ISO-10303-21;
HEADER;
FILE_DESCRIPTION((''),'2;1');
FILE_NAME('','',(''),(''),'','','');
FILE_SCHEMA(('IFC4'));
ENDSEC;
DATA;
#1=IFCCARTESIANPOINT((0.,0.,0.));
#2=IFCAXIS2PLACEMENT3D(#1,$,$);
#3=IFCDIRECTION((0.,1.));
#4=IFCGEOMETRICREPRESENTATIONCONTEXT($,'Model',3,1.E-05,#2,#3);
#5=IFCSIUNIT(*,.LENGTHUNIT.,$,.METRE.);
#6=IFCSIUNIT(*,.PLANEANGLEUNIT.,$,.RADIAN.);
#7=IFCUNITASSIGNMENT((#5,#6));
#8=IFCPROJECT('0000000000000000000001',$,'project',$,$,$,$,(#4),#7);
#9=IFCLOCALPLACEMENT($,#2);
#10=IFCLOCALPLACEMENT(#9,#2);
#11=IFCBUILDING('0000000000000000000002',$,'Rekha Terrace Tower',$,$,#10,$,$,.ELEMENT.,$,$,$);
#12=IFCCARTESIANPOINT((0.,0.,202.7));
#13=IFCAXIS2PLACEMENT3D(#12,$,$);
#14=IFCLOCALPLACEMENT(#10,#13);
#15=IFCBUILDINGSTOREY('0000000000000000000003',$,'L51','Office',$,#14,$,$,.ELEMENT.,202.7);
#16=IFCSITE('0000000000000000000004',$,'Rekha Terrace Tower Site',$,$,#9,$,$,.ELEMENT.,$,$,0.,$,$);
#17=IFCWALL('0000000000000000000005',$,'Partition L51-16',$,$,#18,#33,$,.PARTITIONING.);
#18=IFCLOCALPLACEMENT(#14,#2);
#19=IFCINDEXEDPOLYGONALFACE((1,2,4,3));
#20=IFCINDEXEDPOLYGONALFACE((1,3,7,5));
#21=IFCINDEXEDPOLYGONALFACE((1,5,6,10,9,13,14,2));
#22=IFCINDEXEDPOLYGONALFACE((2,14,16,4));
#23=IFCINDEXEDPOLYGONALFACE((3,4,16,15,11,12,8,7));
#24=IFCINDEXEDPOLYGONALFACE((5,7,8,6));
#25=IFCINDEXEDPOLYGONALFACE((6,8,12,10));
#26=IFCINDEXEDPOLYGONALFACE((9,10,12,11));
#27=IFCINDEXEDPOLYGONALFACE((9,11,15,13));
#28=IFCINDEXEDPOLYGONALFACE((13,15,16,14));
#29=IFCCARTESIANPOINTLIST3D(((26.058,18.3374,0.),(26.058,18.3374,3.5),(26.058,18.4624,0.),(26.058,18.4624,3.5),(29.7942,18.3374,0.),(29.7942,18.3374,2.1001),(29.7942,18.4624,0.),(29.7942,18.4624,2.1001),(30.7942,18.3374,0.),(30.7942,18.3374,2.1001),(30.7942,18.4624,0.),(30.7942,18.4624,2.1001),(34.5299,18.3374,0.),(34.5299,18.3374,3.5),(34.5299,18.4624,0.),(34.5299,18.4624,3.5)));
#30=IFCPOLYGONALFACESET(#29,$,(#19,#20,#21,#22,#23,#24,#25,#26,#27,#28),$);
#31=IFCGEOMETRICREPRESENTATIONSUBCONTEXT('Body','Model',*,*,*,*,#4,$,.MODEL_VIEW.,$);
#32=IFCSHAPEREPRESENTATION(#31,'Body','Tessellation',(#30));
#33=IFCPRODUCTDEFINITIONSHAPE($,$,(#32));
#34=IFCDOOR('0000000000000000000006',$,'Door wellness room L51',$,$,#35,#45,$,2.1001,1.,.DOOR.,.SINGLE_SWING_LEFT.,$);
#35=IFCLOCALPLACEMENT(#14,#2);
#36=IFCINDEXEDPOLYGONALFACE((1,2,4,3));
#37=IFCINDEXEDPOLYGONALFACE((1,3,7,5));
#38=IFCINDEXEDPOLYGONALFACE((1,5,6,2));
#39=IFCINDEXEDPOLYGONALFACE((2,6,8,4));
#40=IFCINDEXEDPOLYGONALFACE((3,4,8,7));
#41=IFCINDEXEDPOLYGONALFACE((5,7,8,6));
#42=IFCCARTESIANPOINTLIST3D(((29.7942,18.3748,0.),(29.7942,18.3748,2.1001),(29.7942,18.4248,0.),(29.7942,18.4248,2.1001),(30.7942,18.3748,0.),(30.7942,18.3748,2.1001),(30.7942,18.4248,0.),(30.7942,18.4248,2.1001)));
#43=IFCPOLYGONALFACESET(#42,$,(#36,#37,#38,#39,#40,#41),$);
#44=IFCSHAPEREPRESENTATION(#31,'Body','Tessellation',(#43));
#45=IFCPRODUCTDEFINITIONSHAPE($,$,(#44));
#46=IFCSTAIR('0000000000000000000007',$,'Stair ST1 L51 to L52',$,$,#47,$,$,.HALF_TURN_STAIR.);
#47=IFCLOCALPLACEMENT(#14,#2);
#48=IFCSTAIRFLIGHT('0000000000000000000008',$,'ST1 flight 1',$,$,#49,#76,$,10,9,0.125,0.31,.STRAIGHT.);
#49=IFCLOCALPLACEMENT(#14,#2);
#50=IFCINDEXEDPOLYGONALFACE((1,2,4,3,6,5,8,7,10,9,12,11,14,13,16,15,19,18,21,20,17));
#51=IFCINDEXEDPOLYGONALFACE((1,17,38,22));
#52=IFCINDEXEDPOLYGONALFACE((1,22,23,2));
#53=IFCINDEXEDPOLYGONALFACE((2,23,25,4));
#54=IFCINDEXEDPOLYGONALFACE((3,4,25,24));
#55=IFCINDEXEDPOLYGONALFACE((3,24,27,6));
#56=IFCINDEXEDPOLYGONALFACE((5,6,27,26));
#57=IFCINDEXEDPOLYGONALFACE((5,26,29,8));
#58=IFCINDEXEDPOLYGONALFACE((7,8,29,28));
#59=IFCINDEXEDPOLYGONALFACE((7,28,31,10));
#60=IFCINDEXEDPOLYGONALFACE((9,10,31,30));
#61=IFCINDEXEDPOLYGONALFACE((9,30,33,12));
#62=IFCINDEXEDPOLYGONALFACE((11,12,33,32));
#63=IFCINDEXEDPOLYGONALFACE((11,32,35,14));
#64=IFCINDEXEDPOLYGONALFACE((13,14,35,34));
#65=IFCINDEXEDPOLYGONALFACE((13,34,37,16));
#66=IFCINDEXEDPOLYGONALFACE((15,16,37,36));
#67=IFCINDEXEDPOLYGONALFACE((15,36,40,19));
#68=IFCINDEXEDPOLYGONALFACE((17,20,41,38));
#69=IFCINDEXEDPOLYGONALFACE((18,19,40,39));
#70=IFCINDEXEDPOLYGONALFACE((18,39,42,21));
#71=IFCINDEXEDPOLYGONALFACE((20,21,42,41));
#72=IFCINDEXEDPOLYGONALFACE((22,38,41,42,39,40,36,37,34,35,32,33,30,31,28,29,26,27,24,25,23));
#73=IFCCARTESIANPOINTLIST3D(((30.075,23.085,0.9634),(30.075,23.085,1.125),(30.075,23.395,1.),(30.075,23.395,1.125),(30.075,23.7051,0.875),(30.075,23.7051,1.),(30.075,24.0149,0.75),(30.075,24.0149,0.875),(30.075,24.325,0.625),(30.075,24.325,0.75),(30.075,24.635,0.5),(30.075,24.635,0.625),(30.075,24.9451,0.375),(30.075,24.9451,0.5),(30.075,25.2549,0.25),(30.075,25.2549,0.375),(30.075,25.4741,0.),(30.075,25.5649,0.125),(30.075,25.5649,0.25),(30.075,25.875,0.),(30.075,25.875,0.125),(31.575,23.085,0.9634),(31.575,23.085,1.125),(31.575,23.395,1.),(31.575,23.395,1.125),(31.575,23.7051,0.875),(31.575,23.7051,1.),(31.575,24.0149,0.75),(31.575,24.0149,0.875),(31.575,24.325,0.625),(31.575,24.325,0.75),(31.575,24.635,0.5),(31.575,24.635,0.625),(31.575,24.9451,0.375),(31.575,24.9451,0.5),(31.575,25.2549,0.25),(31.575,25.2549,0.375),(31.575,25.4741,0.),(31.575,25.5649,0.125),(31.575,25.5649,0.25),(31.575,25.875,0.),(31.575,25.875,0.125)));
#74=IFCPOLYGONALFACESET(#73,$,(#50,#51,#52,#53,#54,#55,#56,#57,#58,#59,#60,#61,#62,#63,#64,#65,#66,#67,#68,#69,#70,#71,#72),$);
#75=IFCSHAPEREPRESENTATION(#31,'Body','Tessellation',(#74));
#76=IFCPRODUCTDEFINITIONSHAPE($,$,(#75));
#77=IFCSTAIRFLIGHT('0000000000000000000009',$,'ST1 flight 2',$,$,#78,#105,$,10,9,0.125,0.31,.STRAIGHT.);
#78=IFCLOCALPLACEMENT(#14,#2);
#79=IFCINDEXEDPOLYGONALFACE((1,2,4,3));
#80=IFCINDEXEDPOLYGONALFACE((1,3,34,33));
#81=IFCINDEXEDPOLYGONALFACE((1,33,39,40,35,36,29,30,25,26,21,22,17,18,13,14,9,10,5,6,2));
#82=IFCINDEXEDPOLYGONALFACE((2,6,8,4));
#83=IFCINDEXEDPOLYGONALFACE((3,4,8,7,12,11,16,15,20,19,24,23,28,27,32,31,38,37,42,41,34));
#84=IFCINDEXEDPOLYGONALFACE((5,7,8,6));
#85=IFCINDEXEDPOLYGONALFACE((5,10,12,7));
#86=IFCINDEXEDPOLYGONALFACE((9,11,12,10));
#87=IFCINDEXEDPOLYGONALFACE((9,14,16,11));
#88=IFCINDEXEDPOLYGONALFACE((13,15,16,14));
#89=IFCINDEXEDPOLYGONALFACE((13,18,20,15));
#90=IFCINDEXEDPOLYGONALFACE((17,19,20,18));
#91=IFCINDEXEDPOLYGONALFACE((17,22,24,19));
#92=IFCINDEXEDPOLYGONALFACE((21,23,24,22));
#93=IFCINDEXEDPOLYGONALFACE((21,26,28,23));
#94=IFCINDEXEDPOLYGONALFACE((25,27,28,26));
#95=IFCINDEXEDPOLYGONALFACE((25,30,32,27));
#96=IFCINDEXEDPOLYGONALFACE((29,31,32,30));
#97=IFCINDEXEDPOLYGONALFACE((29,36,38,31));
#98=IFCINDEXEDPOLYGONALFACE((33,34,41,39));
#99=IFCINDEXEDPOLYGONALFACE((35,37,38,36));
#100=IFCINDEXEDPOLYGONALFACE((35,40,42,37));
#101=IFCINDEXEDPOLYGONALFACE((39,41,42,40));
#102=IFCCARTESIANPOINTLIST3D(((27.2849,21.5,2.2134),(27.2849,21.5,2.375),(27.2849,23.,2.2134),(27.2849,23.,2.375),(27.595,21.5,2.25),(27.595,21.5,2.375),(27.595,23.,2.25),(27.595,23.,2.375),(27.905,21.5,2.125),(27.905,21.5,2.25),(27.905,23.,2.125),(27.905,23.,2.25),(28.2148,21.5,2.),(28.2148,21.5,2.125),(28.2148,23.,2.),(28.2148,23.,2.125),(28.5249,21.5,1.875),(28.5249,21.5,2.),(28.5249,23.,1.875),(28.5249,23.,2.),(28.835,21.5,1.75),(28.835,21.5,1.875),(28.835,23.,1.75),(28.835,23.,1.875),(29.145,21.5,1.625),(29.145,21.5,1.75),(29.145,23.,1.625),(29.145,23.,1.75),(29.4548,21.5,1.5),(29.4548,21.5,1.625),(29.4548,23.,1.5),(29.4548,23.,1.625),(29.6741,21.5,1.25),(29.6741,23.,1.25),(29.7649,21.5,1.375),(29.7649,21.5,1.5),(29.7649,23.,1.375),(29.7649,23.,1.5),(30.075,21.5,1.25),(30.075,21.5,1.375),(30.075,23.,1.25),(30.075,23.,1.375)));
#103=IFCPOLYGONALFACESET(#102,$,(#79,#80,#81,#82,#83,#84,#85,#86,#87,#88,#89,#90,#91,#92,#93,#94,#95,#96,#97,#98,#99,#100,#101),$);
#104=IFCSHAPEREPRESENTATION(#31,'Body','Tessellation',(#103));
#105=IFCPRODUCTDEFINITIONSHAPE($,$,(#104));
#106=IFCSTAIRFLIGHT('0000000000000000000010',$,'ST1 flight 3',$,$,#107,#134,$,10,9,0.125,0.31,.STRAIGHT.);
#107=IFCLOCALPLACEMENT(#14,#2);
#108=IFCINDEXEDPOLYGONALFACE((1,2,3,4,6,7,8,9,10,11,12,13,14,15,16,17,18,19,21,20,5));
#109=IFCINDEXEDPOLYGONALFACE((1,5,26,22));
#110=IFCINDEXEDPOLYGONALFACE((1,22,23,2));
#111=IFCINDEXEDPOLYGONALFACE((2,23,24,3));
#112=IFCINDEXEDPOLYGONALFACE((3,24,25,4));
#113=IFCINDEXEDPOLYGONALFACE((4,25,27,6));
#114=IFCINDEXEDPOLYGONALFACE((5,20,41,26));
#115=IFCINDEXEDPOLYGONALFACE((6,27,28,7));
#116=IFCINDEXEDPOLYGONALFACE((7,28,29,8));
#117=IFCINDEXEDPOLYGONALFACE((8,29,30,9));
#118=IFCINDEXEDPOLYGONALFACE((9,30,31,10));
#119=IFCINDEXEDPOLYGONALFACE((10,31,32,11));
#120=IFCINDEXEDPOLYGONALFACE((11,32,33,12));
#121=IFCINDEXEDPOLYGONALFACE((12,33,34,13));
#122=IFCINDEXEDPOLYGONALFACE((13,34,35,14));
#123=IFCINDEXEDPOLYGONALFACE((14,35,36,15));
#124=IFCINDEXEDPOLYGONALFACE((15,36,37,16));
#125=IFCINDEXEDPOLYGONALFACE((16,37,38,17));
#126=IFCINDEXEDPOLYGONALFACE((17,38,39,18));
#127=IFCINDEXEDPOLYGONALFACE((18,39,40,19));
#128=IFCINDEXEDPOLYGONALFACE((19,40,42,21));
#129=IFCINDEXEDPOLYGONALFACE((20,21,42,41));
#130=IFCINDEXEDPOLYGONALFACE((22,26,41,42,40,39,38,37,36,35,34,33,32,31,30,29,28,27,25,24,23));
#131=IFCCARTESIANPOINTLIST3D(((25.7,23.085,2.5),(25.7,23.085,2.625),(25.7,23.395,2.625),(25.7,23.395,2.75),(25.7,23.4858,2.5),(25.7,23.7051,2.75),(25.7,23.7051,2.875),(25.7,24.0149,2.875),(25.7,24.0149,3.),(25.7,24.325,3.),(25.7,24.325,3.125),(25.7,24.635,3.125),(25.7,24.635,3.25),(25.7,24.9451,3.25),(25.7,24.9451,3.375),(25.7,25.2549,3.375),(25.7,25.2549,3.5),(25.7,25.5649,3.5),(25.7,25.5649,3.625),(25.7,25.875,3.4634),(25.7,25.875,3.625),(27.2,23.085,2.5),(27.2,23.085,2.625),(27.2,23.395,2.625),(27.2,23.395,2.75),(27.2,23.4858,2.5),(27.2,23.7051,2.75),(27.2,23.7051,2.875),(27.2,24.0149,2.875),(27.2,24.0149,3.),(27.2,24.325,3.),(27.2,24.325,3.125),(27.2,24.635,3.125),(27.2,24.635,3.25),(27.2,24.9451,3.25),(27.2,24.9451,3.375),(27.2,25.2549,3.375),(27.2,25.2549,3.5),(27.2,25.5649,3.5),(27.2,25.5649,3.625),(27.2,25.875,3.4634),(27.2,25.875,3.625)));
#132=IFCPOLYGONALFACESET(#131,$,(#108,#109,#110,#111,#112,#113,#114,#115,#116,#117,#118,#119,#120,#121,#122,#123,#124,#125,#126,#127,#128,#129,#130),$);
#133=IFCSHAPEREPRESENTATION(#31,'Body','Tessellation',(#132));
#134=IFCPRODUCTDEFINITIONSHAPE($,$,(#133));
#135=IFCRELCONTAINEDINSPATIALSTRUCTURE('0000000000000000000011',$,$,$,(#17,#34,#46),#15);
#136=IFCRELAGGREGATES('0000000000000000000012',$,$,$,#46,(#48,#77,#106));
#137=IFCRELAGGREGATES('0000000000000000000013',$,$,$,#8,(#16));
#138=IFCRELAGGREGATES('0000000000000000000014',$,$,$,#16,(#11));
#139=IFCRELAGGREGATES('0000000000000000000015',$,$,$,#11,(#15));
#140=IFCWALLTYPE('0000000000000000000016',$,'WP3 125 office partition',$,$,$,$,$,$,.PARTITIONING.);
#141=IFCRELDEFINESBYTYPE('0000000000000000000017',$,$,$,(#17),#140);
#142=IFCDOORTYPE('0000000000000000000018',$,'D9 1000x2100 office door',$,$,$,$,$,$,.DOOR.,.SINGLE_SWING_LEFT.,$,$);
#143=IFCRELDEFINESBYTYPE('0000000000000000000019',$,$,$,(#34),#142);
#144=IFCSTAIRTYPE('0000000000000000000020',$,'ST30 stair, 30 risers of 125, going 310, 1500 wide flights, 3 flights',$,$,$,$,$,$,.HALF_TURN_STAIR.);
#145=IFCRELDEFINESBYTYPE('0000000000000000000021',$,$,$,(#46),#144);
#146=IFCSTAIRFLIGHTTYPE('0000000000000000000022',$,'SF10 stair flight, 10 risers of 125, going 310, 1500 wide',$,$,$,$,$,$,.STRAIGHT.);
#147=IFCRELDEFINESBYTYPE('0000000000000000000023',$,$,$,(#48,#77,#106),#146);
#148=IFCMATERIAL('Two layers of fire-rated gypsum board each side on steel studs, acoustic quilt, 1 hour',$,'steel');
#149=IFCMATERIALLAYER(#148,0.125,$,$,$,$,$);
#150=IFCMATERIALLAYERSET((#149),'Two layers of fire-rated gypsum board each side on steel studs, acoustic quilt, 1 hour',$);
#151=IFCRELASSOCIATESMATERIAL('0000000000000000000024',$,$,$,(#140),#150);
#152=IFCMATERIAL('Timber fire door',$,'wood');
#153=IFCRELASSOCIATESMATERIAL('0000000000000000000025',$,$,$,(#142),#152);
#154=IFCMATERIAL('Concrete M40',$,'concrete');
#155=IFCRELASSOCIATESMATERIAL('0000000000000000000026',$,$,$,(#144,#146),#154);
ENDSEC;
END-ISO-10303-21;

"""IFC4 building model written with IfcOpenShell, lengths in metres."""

from ifc_helpers import new_model, si_unit, direction, frame, frame_2d, origin, place, context, subcontext, project, spatial, polyline, rectangle, outline, extrude, material, layer, layer_set, type_object, element, fill, aggregate, save


model = new_model("IFC4")

# Units and contexts
model_context = context("Model", 3, precision=1e-05, world=origin(), true_north=direction((0.0, 1.0)))
body_context = subcontext(model_context, "Body", "Model", "MODEL_VIEW")
ifc_project = project(units=[si_unit("LENGTHUNIT", "METRE"), si_unit("PLANEANGLEUNIT", "RADIAN")], contexts=[model_context])

# Site, building, storey
site_placement = place(None, origin())
site = spatial("IfcSite", under=ifc_project, at=site_placement, Name="Rekha Terrace Tower Site", CompositionType="ELEMENT", RefElevation=0.0)
building_placement = place(site_placement, origin())
building = spatial("IfcBuilding", under=site, at=building_placement, Name="Rekha Terrace Tower", CompositionType="ELEMENT")
storey_placement = place(building_placement, frame((0.0, 0.0, 202.7)))
storey = spatial("IfcBuildingStorey", under=building, at=storey_placement, Name="L51", Description="Office", CompositionType="ELEMENT", Elevation=202.7)

# Shared definitions
ifc_material_1 = material(Name="Two layers of fire-rated gypsum board each side on steel studs, acoustic quilt, 1 hour", Category="steel")
ifc_layer_1 = layer(ifc_material_1, 0.125)
ifc_layer_set_1 = layer_set([ifc_layer_1], Name="Two layers of fire-rated gypsum board each side on steel studs, acoustic quilt, 1 hour")
wall_type_1 = type_object("IfcWallType", Name="WP3 125 office partition", PredefinedType="PARTITIONING", material=ifc_layer_set_1)

# Wall, opening, door
wall_1_placement = place(storey_placement, frame((26.0581, 18.3999, 0.0), z_axis=(0.0, 0.0, 1.0), x_axis=(1.0, 0.0, 0.0)))
wall_1 = element("IfcWall", 1, at=wall_1_placement, inside=storey, type_object=wall_type_1, Name="Partition L51-16", PredefinedType="PARTITIONING", context=body_context, shape_type="SweptSolid", body=[
    extrude(rectangle(XDim=8.4719, YDim=0.125, at=frame_2d((4.2358, 0.0))), origin(), (0.0, 0.0, 1.0), 3.5),
])
opening_placement = place(wall_1_placement, frame((3.7361, 0.0, 0.0)))
opening = element("IfcOpeningElement", 2, at=opening_placement, cuts=wall_1, PredefinedType="OPENING", context=body_context, shape_type="SweptSolid", body=[
    extrude(rectangle(XDim=1.0, YDim=2.1001, at=frame_2d((0.5, 1.05))), frame((0.0, 0.0725, 0.0), z_axis=(0.0, -1.0, 0.0), x_axis=(1.0, 0.0, 0.0)), (0.0, 0.0, 1.0), 0.145),
])
ifc_material_2 = material(Name="Timber fire door", Category="wood")
door_type = type_object("IfcDoorType", Name="D9 1000x2100 office door", OperationType="SINGLE_SWING_LEFT", PredefinedType="DOOR", material=ifc_material_2)
door_placement = place(opening_placement, origin())
door = element("IfcDoor", 3, at=door_placement, inside=storey, type_object=door_type, Name="Door wellness room L51", OperationType="SINGLE_SWING_LEFT", OverallHeight=2.1001, OverallWidth=1.0, PredefinedType="DOOR", context=body_context, shape_type="SweptSolid", body=[
    extrude(rectangle(XDim=1.0, YDim=2.1001, at=frame_2d((0.5, 1.05))), frame((0.0, 0.0249, 0.0), z_axis=(0.0, -1.0, 0.0), x_axis=(1.0, 0.0, 0.0)), (0.0, 0.0, 1.0), 0.05),
])
fill(opening, door)

# Stair, stair flights
ifc_material_3 = material(Name="Concrete M40", Category="concrete")
stair_type = type_object("IfcStairType", Name="ST30 stair, 30 risers of 125, going 310, 1500 wide flights, 3 flights", PredefinedType="HALF_TURN_STAIR", material=ifc_material_3)
stair_placement = place(storey_placement, origin())
stair = element("IfcStair", 4, at=stair_placement, inside=storey, type_object=stair_type, Name="Stair ST1 L51 to L52", PredefinedType="HALF_TURN_STAIR")
stair_flight_type = type_object("IfcStairFlightType", Name="SF10 stair flight, 10 risers of 125, going 310, 1500 wide", PredefinedType="STRAIGHT", material=ifc_material_3)
stair_flight_1_placement = place(storey_placement, frame((30.825, 25.875, 0.0), z_axis=(0.0, 0.0, 1.0), x_axis=(0.0, -1.0, 0.0)))
stair_flight_1 = element("IfcStairFlight", 5, at=stair_flight_1_placement, type_object=stair_flight_type, Name="ST1 flight 1", NumberOfRisers=10, NumberOfTreads=9, PredefinedType="STRAIGHT", RiserHeight=0.125, TreadLength=0.31, context=body_context, shape_type="SweptSolid", body=[
    extrude(outline(polyline([(0.0, 0.0), (0.0, 0.125), (0.3101, 0.125), (0.3101, 0.25), (0.6201, 0.25), (0.6201, 0.375), (0.9299, 0.375), (0.9299, 0.5), (1.24, 0.5), (1.24, 0.625), (1.55, 0.625), (1.55, 0.75), (1.8601, 0.75), (1.8601, 0.875), (2.1699, 0.875), (2.1699, 1.0), (2.48, 1.0), (2.48, 1.125), (2.79, 1.125), (2.79, 1.25), (2.79, 0.9634), (0.4009, 0.0), (0.0, 0.0)])), frame((0.0, 0.75, 0.0), z_axis=(0.0, -1.0, 0.0), x_axis=(1.0, 0.0, 0.0)), (0.0, 0.0, 1.0), 1.5),
])
stair_flight_2_placement = place(storey_placement, frame((30.075, 22.25, 1.25), z_axis=(0.0, 0.0, 1.0), x_axis=(-1.0, 0.0, 0.0)))
stair_flight_2 = element("IfcStairFlight", 6, at=stair_flight_2_placement, type_object=stair_flight_type, Name="ST1 flight 2", NumberOfRisers=10, NumberOfTreads=9, PredefinedType="STRAIGHT", RiserHeight=0.125, TreadLength=0.31, context=body_context, shape_type="SweptSolid", body=[
    extrude(outline(polyline([(0.0, 0.0), (0.0, 0.125), (0.3101, 0.125), (0.3101, 0.25), (0.6201, 0.25), (0.6201, 0.375), (0.9299, 0.375), (0.9299, 0.5), (1.24, 0.5), (1.24, 0.625), (1.55, 0.625), (1.55, 0.75), (1.8601, 0.75), (1.8601, 0.875), (2.1699, 0.875), (2.1699, 1.0), (2.48, 1.0), (2.48, 1.125), (2.79, 1.125), (2.79, 1.25), (2.79, 0.9634), (0.4009, 0.0), (0.0, 0.0)])), frame((0.0, 0.75, 0.0), z_axis=(0.0, -1.0, 0.0), x_axis=(1.0, 0.0, 0.0)), (0.0, 0.0, 1.0), 1.5),
])
stair_flight_3_placement = place(storey_placement, frame((26.45, 23.085, 2.5), z_axis=(0.0, 0.0, 1.0), x_axis=(0.0, 1.0, 0.0)))
stair_flight_3 = element("IfcStairFlight", 7, at=stair_flight_3_placement, type_object=stair_flight_type, Name="ST1 flight 3", NumberOfRisers=10, NumberOfTreads=9, PredefinedType="STRAIGHT", RiserHeight=0.125, TreadLength=0.31, context=body_context, shape_type="SweptSolid", body=[
    extrude(outline(polyline([(0.0, 0.0), (0.0, 0.125), (0.3101, 0.125), (0.3101, 0.25), (0.6201, 0.25), (0.6201, 0.375), (0.9299, 0.375), (0.9299, 0.5), (1.24, 0.5), (1.24, 0.625), (1.55, 0.625), (1.55, 0.75), (1.8601, 0.75), (1.8601, 0.875), (2.1699, 0.875), (2.1699, 1.0), (2.48, 1.0), (2.48, 1.125), (2.79, 1.125), (2.79, 1.25), (2.79, 0.9634), (0.4009, 0.0), (0.0, 0.0)])), frame((0.0, 0.75, 0.0), z_axis=(0.0, -1.0, 0.0), x_axis=(1.0, 0.0, 0.0)), (0.0, 0.0, 1.0), 1.5),
])
aggregate(stair, [stair_flight_1, stair_flight_2, stair_flight_3])

save(model, "model.ifc")
